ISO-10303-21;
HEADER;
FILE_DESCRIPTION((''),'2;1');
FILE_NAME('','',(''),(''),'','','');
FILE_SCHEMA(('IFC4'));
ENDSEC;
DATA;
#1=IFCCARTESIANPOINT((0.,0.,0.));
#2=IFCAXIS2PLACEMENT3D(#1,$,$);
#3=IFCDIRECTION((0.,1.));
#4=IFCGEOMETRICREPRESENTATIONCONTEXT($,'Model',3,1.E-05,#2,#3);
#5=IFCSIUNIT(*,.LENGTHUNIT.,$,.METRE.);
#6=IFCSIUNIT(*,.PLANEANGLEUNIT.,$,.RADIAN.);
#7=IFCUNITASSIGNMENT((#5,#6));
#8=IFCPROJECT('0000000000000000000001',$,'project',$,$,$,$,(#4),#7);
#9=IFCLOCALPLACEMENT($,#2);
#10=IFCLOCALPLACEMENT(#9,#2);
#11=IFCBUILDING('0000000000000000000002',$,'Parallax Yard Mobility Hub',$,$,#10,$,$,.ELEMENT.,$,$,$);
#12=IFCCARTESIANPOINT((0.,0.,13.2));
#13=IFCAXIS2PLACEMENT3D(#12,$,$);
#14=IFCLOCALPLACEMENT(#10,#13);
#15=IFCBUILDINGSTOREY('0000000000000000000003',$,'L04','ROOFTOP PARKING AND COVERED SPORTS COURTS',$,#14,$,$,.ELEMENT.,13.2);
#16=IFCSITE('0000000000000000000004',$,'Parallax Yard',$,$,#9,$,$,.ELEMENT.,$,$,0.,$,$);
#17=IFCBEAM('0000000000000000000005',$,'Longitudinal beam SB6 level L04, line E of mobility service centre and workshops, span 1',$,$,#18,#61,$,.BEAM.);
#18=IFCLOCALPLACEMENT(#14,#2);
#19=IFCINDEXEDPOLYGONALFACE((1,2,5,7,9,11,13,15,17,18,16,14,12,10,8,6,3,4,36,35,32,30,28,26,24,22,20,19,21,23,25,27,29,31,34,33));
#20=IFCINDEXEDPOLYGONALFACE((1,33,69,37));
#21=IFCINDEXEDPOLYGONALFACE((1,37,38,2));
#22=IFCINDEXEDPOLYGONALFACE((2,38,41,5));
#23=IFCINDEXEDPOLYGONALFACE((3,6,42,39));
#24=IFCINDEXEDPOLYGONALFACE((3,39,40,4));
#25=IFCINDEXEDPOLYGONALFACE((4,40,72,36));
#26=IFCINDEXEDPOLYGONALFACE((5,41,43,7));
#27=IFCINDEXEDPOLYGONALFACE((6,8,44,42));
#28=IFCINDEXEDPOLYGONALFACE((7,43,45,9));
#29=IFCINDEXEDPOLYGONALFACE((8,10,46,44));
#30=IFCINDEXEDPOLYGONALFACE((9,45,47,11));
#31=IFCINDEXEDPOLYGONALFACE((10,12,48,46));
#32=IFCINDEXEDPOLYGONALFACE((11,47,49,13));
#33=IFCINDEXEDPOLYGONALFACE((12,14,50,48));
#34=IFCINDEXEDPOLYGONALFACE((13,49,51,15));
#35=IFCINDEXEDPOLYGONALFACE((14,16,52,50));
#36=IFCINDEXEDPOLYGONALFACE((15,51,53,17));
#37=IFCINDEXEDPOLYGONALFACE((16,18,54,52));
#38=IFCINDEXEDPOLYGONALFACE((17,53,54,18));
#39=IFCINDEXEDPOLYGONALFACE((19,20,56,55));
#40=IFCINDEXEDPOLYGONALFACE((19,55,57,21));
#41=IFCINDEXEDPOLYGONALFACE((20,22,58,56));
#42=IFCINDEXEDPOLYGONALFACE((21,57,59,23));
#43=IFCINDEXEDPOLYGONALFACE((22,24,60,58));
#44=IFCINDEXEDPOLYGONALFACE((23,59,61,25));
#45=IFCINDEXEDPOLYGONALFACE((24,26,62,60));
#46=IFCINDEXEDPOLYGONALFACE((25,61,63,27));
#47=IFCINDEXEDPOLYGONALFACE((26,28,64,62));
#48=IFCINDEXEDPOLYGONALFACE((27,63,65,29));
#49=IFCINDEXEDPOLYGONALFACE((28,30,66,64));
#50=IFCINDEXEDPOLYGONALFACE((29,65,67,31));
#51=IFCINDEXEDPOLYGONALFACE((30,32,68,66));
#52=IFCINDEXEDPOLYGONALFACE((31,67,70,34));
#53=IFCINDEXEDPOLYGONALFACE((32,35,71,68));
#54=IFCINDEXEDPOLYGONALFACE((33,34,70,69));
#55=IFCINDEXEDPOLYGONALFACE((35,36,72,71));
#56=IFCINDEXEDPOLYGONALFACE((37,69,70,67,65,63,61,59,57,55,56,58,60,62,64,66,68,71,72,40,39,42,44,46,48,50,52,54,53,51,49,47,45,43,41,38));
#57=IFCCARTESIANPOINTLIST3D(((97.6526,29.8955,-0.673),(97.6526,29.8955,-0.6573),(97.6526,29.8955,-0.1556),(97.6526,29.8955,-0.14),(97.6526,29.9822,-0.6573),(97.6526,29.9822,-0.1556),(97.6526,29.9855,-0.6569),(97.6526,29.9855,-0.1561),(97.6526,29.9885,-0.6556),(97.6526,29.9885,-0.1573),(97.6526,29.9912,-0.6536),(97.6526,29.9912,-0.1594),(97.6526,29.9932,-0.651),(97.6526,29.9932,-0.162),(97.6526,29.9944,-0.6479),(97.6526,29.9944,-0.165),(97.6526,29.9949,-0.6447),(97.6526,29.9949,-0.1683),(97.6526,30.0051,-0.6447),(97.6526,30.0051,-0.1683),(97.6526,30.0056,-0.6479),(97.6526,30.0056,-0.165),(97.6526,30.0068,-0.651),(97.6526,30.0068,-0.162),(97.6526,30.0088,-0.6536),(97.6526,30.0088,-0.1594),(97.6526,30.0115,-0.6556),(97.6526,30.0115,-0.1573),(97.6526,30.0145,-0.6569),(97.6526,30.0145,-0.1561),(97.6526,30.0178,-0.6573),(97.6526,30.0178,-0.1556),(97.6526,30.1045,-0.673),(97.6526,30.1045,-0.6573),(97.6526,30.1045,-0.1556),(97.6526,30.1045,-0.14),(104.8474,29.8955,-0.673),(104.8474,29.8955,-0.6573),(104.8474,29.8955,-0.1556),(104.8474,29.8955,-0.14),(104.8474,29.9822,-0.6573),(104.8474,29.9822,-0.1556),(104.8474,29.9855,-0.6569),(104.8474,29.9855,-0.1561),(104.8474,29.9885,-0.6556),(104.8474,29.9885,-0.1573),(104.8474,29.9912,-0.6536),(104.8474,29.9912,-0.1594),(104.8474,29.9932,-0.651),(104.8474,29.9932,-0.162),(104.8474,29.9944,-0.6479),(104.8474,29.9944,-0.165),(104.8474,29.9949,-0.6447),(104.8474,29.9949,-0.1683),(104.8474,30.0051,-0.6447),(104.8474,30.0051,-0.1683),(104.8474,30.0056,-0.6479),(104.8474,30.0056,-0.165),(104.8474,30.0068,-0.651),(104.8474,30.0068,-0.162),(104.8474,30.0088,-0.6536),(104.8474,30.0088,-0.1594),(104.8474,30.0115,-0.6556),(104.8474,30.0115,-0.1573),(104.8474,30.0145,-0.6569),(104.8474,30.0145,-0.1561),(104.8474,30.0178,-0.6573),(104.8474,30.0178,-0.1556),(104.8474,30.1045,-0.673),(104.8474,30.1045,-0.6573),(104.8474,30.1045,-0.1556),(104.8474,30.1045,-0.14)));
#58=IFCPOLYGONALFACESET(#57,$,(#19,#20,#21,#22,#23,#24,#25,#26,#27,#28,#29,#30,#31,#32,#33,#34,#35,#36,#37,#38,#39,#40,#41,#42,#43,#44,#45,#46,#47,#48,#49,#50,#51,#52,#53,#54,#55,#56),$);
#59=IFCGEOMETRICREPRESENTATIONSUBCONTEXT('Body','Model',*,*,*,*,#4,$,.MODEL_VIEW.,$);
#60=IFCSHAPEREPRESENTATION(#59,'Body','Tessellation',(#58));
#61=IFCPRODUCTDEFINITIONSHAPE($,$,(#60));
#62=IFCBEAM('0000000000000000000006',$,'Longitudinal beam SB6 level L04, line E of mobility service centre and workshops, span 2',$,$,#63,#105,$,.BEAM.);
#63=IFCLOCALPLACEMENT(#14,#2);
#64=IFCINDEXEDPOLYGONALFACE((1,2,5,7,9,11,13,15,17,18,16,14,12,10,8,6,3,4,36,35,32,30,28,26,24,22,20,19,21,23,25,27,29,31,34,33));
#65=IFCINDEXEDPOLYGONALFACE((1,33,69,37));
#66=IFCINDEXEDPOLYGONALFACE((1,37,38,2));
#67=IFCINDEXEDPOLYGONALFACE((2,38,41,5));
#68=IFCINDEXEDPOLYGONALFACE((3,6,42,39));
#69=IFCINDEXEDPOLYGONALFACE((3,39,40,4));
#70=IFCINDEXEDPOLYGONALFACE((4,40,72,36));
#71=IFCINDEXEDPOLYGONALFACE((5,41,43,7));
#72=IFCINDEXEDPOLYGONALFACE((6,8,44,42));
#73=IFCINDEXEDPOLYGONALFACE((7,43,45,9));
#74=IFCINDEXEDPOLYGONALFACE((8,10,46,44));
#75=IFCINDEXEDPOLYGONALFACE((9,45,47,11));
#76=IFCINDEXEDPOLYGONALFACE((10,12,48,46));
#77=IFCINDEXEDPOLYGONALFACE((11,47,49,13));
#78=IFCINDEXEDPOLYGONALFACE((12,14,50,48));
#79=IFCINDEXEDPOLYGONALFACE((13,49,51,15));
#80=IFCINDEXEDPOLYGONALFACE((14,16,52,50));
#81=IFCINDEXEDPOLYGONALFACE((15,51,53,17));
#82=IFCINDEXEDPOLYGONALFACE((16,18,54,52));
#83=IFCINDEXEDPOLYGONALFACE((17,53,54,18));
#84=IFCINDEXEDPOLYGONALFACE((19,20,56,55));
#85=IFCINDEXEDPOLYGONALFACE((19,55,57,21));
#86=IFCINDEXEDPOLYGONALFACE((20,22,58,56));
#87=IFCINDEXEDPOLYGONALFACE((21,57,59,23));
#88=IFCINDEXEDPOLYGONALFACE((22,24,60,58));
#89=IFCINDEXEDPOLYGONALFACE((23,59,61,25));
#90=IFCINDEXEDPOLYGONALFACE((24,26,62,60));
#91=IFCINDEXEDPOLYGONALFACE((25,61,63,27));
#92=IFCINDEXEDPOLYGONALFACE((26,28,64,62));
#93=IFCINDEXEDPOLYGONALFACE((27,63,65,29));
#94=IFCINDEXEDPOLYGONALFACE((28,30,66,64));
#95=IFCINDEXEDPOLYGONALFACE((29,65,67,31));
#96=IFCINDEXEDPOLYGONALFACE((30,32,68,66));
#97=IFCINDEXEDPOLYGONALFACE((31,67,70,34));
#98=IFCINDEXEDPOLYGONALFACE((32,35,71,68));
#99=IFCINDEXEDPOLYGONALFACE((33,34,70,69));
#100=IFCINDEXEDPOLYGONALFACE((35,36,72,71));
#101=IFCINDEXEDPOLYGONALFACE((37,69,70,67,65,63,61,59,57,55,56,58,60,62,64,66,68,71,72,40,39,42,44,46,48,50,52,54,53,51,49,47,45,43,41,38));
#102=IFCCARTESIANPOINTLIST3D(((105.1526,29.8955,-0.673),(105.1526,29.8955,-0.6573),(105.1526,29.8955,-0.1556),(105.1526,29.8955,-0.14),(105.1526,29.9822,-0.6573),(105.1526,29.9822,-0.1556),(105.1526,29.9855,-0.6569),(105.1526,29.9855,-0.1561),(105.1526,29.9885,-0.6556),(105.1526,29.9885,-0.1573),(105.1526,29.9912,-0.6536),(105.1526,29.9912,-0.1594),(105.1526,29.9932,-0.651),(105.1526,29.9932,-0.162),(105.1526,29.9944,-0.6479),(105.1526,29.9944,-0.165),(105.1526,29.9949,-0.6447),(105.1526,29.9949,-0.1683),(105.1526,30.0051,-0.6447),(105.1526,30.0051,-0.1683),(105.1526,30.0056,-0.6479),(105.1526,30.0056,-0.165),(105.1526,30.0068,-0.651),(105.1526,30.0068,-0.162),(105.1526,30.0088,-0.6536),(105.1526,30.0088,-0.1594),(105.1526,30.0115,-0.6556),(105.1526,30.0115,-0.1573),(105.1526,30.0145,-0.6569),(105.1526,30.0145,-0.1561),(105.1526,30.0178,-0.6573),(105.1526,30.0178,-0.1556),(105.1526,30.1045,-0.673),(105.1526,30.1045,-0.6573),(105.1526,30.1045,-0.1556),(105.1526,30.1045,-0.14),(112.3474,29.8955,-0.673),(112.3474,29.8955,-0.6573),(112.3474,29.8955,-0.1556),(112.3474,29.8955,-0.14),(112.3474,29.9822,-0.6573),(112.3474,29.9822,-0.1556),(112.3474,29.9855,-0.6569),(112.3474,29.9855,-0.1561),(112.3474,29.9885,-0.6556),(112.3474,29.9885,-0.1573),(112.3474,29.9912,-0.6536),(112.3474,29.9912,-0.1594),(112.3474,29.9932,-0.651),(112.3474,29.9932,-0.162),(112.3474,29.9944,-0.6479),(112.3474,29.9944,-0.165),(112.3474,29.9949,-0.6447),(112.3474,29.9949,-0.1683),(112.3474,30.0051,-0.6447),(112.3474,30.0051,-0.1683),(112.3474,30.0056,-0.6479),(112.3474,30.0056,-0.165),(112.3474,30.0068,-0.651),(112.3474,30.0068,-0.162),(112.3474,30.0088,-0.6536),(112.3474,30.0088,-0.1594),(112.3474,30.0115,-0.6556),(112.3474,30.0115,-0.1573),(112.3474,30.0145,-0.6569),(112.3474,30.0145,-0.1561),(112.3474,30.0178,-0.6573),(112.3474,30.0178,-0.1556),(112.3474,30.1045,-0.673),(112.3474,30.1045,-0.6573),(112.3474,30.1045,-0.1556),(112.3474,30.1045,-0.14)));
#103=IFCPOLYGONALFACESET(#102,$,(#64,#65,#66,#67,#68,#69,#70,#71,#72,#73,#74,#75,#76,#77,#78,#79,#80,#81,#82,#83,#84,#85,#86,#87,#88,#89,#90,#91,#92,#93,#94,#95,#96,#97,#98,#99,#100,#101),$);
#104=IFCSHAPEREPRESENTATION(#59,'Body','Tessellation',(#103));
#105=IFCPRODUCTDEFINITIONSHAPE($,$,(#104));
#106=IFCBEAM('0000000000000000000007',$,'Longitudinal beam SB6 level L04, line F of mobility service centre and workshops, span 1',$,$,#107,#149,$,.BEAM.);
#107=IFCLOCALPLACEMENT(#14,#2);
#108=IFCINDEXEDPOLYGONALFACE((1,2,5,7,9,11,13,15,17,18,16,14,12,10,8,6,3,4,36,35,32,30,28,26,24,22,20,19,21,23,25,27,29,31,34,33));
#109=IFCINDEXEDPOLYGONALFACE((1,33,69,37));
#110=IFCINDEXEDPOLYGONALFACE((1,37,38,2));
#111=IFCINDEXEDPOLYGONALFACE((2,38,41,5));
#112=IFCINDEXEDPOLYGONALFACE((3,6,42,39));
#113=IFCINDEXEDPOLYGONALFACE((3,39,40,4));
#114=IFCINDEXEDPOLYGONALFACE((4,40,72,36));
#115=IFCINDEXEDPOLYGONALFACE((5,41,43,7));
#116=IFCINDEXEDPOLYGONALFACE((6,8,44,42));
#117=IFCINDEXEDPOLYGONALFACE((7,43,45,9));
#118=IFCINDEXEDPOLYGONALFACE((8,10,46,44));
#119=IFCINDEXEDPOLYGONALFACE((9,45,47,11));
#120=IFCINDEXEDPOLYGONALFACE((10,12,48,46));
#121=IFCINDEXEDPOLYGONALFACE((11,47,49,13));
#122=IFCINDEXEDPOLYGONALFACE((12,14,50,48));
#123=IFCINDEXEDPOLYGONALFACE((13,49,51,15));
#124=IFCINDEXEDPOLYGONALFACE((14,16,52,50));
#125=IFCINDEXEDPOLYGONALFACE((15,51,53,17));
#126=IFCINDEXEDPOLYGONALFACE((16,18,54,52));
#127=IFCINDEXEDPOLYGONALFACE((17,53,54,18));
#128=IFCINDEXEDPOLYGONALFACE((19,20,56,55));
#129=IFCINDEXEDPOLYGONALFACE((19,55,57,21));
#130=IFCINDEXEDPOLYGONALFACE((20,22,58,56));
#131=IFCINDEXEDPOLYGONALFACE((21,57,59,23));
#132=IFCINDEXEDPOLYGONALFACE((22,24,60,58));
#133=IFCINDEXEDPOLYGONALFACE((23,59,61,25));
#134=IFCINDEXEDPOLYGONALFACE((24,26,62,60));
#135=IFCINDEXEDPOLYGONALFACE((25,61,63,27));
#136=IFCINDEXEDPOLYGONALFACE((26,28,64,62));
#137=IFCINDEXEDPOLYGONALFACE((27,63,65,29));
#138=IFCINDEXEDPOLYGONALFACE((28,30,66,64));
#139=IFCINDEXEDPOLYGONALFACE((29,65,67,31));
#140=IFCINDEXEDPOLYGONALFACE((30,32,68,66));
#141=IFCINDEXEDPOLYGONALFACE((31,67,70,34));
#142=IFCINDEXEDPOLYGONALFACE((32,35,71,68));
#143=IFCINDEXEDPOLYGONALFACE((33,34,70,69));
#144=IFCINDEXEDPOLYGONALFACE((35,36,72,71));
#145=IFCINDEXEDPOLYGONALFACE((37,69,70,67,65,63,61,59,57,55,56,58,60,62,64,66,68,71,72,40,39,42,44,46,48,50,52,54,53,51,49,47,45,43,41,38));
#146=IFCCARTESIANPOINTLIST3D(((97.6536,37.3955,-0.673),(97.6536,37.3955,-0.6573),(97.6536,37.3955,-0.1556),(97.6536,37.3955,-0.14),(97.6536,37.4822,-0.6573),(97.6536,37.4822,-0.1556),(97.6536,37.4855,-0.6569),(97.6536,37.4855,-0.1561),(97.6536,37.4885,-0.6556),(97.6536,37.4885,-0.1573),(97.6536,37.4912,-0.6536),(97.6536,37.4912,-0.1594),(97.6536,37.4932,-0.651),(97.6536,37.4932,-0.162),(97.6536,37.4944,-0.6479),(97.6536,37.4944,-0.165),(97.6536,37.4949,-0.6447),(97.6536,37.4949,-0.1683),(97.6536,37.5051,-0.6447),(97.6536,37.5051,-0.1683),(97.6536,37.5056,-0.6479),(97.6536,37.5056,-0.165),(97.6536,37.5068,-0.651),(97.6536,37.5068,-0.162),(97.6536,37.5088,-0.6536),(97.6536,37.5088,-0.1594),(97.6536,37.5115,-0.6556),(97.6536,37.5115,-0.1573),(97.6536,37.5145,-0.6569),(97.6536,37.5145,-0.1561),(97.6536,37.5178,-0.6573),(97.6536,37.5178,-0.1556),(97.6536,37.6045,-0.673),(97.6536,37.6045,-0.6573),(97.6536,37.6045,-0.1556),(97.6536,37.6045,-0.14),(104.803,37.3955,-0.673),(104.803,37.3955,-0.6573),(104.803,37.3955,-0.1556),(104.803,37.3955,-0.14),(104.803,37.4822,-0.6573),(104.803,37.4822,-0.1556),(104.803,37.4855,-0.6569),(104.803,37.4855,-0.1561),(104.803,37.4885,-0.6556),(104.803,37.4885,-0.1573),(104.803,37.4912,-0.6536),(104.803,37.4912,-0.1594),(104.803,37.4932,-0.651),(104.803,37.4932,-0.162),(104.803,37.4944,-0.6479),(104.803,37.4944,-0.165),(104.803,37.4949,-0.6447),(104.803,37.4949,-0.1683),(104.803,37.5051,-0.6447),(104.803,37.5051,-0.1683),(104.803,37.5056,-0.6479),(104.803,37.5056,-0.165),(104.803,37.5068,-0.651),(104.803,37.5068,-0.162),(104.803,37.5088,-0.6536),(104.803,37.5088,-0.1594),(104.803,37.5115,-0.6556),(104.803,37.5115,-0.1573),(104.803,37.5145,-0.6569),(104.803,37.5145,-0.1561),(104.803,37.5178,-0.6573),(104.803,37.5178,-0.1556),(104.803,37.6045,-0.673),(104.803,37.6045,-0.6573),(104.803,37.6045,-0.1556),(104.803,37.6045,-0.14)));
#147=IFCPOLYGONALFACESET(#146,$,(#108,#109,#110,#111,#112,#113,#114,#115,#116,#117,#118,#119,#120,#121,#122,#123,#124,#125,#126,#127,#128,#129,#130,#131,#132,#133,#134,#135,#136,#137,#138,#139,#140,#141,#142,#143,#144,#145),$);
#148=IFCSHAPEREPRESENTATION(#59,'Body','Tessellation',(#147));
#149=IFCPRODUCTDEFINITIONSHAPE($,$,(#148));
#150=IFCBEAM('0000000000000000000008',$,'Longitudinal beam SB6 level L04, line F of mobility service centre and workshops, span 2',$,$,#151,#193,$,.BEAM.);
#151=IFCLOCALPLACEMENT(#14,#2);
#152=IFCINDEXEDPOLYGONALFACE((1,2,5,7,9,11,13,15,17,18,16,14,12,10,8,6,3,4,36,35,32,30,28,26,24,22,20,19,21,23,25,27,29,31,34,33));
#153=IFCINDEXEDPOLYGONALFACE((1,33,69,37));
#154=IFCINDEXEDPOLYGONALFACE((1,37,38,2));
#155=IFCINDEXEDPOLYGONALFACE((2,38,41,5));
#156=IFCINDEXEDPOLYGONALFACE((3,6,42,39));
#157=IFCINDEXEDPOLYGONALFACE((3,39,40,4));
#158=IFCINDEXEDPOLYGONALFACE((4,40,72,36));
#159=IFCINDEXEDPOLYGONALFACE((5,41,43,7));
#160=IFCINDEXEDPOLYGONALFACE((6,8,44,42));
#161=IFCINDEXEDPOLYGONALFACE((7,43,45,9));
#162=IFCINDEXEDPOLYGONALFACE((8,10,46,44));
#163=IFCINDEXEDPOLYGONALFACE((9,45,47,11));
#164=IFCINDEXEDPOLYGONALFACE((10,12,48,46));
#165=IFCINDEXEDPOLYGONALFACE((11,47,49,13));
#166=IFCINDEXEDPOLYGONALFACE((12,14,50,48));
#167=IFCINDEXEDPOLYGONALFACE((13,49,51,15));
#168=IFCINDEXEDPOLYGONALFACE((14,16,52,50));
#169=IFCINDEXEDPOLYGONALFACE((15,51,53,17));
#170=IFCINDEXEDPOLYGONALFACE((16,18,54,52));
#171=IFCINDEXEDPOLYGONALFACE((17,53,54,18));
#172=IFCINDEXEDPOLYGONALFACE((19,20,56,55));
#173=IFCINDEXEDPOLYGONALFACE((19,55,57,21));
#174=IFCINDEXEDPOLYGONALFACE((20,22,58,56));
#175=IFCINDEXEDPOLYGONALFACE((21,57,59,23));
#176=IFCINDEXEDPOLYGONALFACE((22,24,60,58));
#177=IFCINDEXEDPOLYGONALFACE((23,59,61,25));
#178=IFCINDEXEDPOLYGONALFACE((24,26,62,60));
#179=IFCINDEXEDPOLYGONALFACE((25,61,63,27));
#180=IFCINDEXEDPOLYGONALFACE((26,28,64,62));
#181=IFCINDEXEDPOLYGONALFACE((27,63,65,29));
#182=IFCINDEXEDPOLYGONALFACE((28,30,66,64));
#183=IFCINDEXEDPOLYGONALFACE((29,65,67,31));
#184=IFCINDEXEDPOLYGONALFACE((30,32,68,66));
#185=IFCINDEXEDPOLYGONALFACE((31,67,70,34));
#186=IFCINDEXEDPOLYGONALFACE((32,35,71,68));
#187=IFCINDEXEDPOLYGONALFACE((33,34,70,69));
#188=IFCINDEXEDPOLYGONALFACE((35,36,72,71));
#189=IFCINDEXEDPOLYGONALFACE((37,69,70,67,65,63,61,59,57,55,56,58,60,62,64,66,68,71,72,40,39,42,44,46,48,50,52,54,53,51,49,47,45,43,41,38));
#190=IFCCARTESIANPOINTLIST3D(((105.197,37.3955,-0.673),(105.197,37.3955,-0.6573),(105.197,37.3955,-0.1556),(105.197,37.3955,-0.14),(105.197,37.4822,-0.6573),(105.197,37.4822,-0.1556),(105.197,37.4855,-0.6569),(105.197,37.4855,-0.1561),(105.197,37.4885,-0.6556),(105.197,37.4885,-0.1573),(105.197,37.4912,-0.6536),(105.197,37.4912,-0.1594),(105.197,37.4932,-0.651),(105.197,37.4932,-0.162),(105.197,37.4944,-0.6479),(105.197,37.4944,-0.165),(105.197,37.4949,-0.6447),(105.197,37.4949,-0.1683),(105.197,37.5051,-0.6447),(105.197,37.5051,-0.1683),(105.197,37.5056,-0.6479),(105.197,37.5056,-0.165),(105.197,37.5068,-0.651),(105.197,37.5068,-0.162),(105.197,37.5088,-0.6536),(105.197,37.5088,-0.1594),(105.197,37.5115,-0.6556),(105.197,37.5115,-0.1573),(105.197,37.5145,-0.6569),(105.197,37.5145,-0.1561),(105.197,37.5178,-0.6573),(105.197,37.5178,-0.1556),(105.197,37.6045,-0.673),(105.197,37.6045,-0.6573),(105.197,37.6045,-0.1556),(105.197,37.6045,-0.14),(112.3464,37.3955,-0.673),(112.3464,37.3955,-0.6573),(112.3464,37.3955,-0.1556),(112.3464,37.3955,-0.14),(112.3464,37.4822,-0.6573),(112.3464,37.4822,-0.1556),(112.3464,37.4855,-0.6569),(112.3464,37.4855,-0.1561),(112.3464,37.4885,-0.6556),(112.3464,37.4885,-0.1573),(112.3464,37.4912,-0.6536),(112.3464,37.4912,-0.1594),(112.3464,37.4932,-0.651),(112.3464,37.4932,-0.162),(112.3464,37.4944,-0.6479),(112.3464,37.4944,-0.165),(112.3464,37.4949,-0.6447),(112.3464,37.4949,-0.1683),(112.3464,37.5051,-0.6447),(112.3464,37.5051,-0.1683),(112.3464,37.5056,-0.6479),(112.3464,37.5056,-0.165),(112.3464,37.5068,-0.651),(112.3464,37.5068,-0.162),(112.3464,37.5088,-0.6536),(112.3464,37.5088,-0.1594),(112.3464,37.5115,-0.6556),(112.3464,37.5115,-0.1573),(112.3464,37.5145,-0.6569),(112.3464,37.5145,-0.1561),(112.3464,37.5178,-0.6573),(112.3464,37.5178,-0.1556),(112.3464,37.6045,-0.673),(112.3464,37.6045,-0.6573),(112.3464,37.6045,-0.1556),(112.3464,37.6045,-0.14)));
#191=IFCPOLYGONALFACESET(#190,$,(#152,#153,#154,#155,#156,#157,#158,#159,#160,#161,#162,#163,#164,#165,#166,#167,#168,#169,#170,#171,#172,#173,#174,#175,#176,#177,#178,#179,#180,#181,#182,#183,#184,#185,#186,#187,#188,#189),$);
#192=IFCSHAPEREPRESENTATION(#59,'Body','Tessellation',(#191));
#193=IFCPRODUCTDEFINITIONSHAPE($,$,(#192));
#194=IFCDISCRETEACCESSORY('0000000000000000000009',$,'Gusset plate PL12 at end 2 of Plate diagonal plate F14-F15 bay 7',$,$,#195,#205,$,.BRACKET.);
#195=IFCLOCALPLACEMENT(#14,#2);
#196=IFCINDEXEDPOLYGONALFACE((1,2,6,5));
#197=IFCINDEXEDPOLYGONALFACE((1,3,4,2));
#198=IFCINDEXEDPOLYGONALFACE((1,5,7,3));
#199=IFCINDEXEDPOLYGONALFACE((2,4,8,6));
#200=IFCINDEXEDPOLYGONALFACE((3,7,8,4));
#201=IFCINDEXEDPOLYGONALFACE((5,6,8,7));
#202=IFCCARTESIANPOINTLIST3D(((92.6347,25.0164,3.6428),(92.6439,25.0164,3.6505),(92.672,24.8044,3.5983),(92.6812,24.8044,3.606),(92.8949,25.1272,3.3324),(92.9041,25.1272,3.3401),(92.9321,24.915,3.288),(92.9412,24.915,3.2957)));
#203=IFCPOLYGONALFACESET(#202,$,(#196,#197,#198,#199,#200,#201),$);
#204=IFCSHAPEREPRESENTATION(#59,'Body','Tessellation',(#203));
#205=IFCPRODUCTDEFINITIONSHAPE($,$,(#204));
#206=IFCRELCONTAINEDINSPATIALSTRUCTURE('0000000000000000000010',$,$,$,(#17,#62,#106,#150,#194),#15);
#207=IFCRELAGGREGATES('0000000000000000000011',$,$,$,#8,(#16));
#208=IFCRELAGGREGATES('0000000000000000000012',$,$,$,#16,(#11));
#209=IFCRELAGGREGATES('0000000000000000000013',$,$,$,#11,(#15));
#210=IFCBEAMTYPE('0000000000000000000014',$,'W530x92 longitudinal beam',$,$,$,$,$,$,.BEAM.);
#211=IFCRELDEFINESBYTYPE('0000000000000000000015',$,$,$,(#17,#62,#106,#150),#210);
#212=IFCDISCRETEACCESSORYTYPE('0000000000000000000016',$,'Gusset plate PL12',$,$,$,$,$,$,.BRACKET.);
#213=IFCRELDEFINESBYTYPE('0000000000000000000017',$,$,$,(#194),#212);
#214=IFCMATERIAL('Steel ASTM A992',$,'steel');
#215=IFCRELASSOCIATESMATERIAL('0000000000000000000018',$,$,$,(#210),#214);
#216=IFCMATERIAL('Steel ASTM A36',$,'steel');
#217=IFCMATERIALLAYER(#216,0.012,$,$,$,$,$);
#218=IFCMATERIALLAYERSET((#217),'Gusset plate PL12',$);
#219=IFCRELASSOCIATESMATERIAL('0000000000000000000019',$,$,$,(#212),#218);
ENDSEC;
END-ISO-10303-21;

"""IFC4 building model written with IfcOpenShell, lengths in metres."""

from ifc_helpers import new_model, si_unit, direction, frame, origin, origin_2d, place, context, subcontext, project, spatial, polyline, i_section, outline, extrude, material, layer, layer_set, material_profile, profile_set, type_object, element, save


model = new_model("IFC4")

# Units and contexts
model_context = context("Model", 3, precision=1e-05, world=origin(), true_north=direction((0.0, 1.0)))
body_context = subcontext(model_context, "Body", "Model", "MODEL_VIEW")
ifc_project = project(units=[si_unit("LENGTHUNIT", "METRE"), si_unit("PLANEANGLEUNIT", "RADIAN")], contexts=[model_context])

# Site, building, storey
site_placement = place(None, origin())
site = spatial("IfcSite", under=ifc_project, at=site_placement, Name="Parallax Yard", CompositionType="ELEMENT", RefElevation=0.0)
building_placement = place(site_placement, origin())
building = spatial("IfcBuilding", under=site, at=building_placement, Name="Parallax Yard Mobility Hub", CompositionType="ELEMENT")
storey_placement = place(building_placement, frame((0.0, 0.0, 13.2)))
storey = spatial("IfcBuildingStorey", under=building, at=storey_placement, Name="L04", Description="ROOFTOP PARKING AND COVERED SPORTS COURTS", CompositionType="ELEMENT", Elevation=13.2)

# Shared definitions
ifc_material_1 = material(Name="Steel ASTM A992", Category="steel")

# Beams
ifc_material_profile_1 = material_profile(ifc_material_1, i_section(OverallWidth=0.209, OverallDepth=0.533, WebThickness=0.0103, FlangeThickness=0.0156, FilletRadius=0.0127, at=origin_2d()), Name="W530x92")
ifc_profile_set_1 = profile_set([ifc_material_profile_1], Name="Steel ASTM A992")
beam_type_1 = type_object("IfcBeamType", Name="W530x92 longitudinal beam", PredefinedType="BEAM", material=ifc_profile_set_1)
for number, where, z_axis, x_axis, name in (
    (1, (97.6526, 30.0, -0.4065), (1.0, 0.0, 0.0), (0.0, 1.0, 0.0), "Longitudinal beam SB6 level L04, line E of mobility service centre and workshops, span 1"),
    (2, (105.1526, 30.0, -0.4065), (1.0, 0.0, 0.0), (0.0, 1.0, 0.0), "Longitudinal beam SB6 level L04, line E of mobility service centre and workshops, span 2"),
):
    element("IfcBeam", number, at=place(storey_placement, frame(where, z_axis=z_axis, x_axis=x_axis)), inside=storey, type_object=beam_type_1, Name=name, PredefinedType="BEAM", context=body_context, shape_type="SweptSolid", body=[
        extrude(i_section(OverallWidth=0.209, OverallDepth=0.533, WebThickness=0.0103, FlangeThickness=0.0156, FilletRadius=0.0127, at=origin_2d()), origin(), (0.0, 0.0, 1.0), 7.1948),
    ])
for number, where, z_axis, x_axis, name in (
    (3, (97.6536, 37.5, -0.4065), (1.0, 0.0, 0.0), (0.0, 1.0, 0.0), "Longitudinal beam SB6 level L04, line F of mobility service centre and workshops, span 1"),
    (4, (105.197, 37.5, -0.4065), (1.0, 0.0, 0.0), (0.0, 1.0, 0.0), "Longitudinal beam SB6 level L04, line F of mobility service centre and workshops, span 2"),
):
    element("IfcBeam", number, at=place(storey_placement, frame(where, z_axis=z_axis, x_axis=x_axis)), inside=storey, type_object=beam_type_1, Name=name, PredefinedType="BEAM", context=body_context, shape_type="SweptSolid", body=[
        extrude(i_section(OverallWidth=0.209, OverallDepth=0.533, WebThickness=0.0103, FlangeThickness=0.0156, FilletRadius=0.0127, at=origin_2d()), origin(), (0.0, 0.0, 1.0), 7.1494),
    ])

# Discrete accessory
ifc_material_2 = material(Name="Steel ASTM A36", Category="steel")
ifc_layer = layer(ifc_material_2, 0.012)
ifc_layer_set = layer_set([ifc_layer], Name="Gusset plate PL12")
discrete_accessory_type = type_object("IfcDiscreteAccessoryType", Name="Gusset plate PL12", PredefinedType="BRACKET", material=ifc_layer_set)
discrete_accessory_1_placement = place(storey_placement, frame((92.6812, 24.8044, 3.606), z_axis=(0.766351, -0.00006, 0.642423), x_axis=(0.619726, 0.263529, -0.739251)))
element("IfcDiscreteAccessory", 5, at=discrete_accessory_1_placement, inside=storey, type_object=discrete_accessory_type, Name="Gusset plate PL12 at end 2 of Plate diagonal plate F14-F15 bay 7", PredefinedType="BRACKET", context=body_context, shape_type="SweptSolid", body=[
    extrude(outline(polyline([(0.0, 0.0), (0.4197, 0.0), (0.4197, 0.2199), (-0.0002, 0.2197), (0.0, 0.0)])), origin(), (0.0, 0.0, -1.0), 0.012),
])

save(model, "model.ifc")
